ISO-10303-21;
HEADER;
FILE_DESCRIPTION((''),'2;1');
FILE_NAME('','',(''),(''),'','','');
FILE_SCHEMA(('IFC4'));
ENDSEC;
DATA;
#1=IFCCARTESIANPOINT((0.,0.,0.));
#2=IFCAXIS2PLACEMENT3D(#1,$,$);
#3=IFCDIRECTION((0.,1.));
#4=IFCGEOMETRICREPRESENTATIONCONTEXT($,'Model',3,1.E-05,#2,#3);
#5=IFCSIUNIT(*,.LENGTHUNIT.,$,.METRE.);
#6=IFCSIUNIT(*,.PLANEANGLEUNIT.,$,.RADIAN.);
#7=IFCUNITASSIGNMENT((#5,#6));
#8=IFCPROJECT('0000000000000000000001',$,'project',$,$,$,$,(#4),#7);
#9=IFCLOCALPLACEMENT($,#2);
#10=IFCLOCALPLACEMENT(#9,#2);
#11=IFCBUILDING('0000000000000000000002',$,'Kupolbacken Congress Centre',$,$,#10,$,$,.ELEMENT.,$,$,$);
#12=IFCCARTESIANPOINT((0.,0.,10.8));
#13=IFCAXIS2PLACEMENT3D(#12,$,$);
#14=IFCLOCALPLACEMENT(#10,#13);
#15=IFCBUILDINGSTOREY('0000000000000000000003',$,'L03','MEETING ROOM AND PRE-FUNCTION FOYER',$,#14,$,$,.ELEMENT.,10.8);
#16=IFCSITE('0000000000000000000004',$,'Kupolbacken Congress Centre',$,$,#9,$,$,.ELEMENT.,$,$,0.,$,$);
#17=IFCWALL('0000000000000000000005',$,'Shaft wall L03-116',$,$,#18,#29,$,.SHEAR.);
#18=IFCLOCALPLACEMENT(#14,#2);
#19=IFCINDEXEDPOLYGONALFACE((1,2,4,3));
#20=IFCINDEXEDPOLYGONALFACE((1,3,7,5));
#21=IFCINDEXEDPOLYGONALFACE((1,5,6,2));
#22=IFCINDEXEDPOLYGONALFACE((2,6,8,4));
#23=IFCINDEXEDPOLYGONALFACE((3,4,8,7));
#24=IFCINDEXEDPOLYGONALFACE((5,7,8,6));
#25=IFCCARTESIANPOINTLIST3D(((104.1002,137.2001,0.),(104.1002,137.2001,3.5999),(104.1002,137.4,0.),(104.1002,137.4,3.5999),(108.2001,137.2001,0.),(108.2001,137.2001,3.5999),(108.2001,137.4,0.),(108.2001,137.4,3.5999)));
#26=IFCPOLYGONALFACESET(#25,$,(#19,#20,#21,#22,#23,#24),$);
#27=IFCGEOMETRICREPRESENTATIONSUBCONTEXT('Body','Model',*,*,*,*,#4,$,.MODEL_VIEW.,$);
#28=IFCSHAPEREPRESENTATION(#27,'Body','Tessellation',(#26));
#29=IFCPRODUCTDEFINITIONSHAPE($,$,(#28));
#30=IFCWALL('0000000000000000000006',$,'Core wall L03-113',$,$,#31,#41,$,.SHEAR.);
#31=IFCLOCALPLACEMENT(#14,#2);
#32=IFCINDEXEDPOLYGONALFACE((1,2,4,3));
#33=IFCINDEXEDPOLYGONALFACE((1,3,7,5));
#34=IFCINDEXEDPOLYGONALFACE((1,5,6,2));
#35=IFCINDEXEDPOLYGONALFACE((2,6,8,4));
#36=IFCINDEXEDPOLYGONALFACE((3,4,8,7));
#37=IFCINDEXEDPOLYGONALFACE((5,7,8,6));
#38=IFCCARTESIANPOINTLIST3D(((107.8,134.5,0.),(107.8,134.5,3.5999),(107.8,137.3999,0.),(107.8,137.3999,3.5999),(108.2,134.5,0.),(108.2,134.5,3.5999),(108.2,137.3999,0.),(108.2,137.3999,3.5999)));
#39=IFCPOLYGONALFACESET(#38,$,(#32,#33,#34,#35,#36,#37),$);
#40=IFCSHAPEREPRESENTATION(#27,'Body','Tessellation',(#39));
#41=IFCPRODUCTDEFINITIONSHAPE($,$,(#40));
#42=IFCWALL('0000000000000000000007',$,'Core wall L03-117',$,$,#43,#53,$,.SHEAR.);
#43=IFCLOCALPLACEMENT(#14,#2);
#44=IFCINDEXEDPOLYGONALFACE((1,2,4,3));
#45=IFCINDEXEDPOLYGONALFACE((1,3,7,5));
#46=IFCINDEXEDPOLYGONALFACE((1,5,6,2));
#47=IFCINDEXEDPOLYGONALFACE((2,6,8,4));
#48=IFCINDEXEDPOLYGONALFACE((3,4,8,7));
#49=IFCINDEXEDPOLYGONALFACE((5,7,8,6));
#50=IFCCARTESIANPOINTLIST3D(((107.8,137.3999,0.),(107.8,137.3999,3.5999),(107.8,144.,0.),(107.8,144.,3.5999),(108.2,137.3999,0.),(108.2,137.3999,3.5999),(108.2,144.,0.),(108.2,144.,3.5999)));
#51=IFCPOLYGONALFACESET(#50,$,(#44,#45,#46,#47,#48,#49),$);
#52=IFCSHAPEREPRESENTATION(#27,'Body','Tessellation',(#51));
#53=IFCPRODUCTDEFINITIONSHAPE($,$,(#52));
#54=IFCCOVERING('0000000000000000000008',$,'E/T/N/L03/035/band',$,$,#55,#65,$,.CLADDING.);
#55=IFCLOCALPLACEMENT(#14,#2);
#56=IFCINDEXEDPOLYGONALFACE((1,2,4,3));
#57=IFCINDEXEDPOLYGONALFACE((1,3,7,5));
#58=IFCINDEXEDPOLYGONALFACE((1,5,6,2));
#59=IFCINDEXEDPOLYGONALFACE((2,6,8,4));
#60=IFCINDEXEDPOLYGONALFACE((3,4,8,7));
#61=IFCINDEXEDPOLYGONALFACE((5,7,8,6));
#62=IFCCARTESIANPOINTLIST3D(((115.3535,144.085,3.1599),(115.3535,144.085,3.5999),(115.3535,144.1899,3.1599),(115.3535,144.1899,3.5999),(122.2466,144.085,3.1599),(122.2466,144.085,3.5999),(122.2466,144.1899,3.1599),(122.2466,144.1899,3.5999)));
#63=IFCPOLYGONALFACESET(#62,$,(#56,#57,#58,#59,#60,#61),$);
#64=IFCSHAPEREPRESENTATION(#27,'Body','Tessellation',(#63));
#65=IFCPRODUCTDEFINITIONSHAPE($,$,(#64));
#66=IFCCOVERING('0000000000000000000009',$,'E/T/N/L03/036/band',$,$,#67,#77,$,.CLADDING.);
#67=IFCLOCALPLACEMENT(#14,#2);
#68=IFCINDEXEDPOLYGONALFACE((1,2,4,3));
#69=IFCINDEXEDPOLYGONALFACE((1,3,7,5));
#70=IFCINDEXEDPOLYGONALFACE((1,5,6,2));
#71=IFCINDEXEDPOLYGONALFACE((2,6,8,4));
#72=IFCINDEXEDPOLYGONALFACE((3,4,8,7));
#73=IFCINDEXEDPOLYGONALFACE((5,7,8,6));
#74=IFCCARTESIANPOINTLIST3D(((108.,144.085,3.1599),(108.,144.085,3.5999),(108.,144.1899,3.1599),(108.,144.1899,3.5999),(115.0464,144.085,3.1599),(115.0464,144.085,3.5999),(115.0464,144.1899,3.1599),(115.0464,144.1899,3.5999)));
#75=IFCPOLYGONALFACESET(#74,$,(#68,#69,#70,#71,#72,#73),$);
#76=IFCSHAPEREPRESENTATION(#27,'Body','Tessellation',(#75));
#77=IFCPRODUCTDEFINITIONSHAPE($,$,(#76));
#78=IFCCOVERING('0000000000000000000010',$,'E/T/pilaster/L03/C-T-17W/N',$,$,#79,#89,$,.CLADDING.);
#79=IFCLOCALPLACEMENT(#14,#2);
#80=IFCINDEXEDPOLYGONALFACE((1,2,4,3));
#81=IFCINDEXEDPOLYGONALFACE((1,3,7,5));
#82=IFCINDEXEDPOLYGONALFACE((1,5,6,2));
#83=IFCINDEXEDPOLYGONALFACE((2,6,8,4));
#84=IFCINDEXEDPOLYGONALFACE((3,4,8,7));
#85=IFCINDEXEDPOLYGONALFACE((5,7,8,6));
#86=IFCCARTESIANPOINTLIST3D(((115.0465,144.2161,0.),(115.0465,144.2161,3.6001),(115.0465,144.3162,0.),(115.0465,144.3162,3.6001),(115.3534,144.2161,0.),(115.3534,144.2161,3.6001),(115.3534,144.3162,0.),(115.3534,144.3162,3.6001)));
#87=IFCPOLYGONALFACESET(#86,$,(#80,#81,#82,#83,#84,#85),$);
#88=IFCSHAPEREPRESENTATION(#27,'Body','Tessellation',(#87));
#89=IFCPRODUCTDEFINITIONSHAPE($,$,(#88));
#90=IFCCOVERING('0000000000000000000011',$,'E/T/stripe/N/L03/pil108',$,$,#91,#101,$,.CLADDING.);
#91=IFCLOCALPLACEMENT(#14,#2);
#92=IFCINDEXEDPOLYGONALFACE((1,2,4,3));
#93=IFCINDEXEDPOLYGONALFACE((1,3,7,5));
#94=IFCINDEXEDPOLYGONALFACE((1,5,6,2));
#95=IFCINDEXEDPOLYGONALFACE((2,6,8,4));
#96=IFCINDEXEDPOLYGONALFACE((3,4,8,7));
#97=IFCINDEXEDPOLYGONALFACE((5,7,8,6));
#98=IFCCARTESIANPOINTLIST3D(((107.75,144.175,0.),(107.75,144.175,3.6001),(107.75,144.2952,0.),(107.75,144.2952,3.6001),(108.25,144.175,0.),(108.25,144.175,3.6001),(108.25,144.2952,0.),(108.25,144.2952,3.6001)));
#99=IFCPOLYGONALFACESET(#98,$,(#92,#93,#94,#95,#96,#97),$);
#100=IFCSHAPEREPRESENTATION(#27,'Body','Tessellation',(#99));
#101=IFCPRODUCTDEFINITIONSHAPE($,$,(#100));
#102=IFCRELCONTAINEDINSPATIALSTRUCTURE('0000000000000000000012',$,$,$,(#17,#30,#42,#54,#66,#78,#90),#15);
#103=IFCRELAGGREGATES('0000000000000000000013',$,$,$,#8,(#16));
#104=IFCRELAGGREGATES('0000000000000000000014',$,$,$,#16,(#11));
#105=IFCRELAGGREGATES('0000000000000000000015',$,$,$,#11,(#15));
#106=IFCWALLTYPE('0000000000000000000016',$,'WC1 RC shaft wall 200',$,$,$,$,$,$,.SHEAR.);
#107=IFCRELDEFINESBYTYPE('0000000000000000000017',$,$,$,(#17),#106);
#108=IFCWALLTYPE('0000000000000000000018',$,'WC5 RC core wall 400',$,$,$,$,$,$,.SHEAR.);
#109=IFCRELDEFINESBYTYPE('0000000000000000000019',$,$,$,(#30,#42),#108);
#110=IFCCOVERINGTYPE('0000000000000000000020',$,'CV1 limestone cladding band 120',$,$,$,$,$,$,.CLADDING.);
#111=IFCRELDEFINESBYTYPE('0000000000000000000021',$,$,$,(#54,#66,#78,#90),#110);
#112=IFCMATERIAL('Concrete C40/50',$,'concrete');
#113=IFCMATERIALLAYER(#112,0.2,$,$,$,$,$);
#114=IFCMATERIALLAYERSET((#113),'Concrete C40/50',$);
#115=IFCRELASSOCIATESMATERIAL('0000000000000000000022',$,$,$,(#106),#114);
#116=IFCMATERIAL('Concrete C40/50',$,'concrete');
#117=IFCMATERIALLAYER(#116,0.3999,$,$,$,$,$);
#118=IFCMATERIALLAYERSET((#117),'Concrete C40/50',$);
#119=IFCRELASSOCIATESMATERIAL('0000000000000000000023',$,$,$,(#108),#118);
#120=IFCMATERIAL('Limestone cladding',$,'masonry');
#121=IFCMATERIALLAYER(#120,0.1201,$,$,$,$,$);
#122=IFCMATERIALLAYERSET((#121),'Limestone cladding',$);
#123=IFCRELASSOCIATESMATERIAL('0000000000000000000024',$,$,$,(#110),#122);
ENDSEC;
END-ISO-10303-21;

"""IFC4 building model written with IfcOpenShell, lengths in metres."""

from ifc_helpers import new_model, si_unit, direction, frame, frame_2d, origin, origin_2d, place, context, subcontext, project, spatial, rectangle, extrude, material, layer, layer_set, type_object, element, save


model = new_model("IFC4")

# Units and contexts
model_context = context("Model", 3, precision=1e-05, world=origin(), true_north=direction((0.0, 1.0)))
body_context = subcontext(model_context, "Body", "Model", "MODEL_VIEW")
ifc_project = project(units=[si_unit("LENGTHUNIT", "METRE"), si_unit("PLANEANGLEUNIT", "RADIAN")], contexts=[model_context])

# Site, building, storey
site_placement = place(None, origin())
site = spatial("IfcSite", under=ifc_project, at=site_placement, Name="Kupolbacken Congress Centre", CompositionType="ELEMENT", RefElevation=0.0)
building_placement = place(site_placement, origin())
building = spatial("IfcBuilding", under=site, at=building_placement, Name="Kupolbacken Congress Centre", CompositionType="ELEMENT")
storey_placement = place(building_placement, frame((0.0, 0.0, 10.8)))
storey = spatial("IfcBuildingStorey", under=building, at=storey_placement, Name="L03", Description="MEETING ROOM AND PRE-FUNCTION FOYER", CompositionType="ELEMENT", Elevation=10.8)

# Walls
ifc_material_1 = material(Name="Concrete C40/50", Category="concrete")
ifc_layer_1 = layer(ifc_material_1, 0.2)
ifc_layer_set_1 = layer_set([ifc_layer_1], Name="Concrete C40/50")
wall_type_1 = type_object("IfcWallType", Name="WC1 RC shaft wall 200", PredefinedType="SHEAR", material=ifc_layer_set_1)
wall_1_placement = place(storey_placement, frame((108.2, 137.3, 0.0), z_axis=(0.0, 0.0, 1.0), x_axis=(-1.0, 0.0, 0.0)))
element("IfcWall", 1, at=wall_1_placement, inside=storey, type_object=wall_type_1, Name="Shaft wall L03-116", PredefinedType="SHEAR", context=body_context, shape_type="SweptSolid", body=[
    extrude(rectangle(XDim=4.0999, YDim=0.2, at=frame_2d((2.0498, 0.0))), origin(), (0.0, 0.0, 1.0), 3.5999),
])
ifc_material_2 = material(Name="Concrete C40/50", Category="concrete")
ifc_layer_2 = layer(ifc_material_2, 0.3999)
ifc_layer_set_2 = layer_set([ifc_layer_2], Name="Concrete C40/50")
wall_type_2 = type_object("IfcWallType", Name="WC5 RC core wall 400", PredefinedType="SHEAR", material=ifc_layer_set_2)
wall_2_placement = place(storey_placement, frame((108.0, 134.5, 0.0), z_axis=(0.0, 0.0, 1.0), x_axis=(0.0, 1.0, 0.0)))
element("IfcWall", 2, at=wall_2_placement, inside=storey, type_object=wall_type_2, Name="Core wall L03-113", PredefinedType="SHEAR", context=body_context, shape_type="SweptSolid", body=[
    extrude(rectangle(XDim=2.8999, YDim=0.3999, at=frame_2d((1.45, 0.0))), origin(), (0.0, 0.0, 1.0), 3.5999),
])
wall_3_placement = place(storey_placement, frame((108.0, 137.3999, 0.0), z_axis=(0.0, 0.0, 1.0), x_axis=(0.0, 1.0, 0.0)))
element("IfcWall", 3, at=wall_3_placement, inside=storey, type_object=wall_type_2, Name="Core wall L03-117", PredefinedType="SHEAR", context=body_context, shape_type="SweptSolid", body=[
    extrude(rectangle(XDim=6.6001, YDim=0.3999, at=frame_2d((3.3, 0.0))), origin(), (0.0, 0.0, 1.0), 3.5999),
])

# Coverings
ifc_material_3 = material(Name="Limestone cladding", Category="masonry")
ifc_layer_3 = layer(ifc_material_3, 0.1201)
ifc_layer_set_3 = layer_set([ifc_layer_3], Name="Limestone cladding")
covering_type = type_object("IfcCoveringType", Name="CV1 limestone cladding band 120", PredefinedType="CLADDING", material=ifc_layer_set_3)
covering_1_placement = place(storey_placement, frame((118.8, 144.1375, 3.1599), z_axis=(0.0, 0.0, 1.0), x_axis=(-1.0, 0.0, 0.0)))
element("IfcCovering", 4, at=covering_1_placement, inside=storey, type_object=covering_type, Name="E/T/N/L03/035/band", PredefinedType="CLADDING", context=body_context, shape_type="SweptSolid", body=[
    extrude(rectangle(XDim=6.8931, YDim=0.105, at=origin_2d()), origin(), (0.0, 0.0, 1.0), 0.4399),
])
covering_2_placement = place(storey_placement, frame((111.5232, 144.1375, 3.1599), z_axis=(0.0, 0.0, 1.0), x_axis=(-1.0, 0.0, 0.0)))
element("IfcCovering", 5, at=covering_2_placement, inside=storey, type_object=covering_type, Name="E/T/N/L03/036/band", PredefinedType="CLADDING", context=body_context, shape_type="SweptSolid", body=[
    extrude(rectangle(XDim=7.0464, YDim=0.105, at=origin_2d()), origin(), (0.0, 0.0, 1.0), 0.4399),
])
covering_3_placement = place(storey_placement, frame((115.2, 144.2661, 0.0), z_axis=(0.0, 0.0, 1.0), x_axis=(1.0, 0.0, 0.0)))
element("IfcCovering", 6, at=covering_3_placement, inside=storey, type_object=covering_type, Name="E/T/pilaster/L03/C-T-17W/N", PredefinedType="CLADDING", context=body_context, shape_type="SweptSolid", body=[
    extrude(rectangle(XDim=0.3069, YDim=0.1001, at=origin_2d()), origin(), (0.0, 0.0, 1.0), 3.6001),
])
covering_4_placement = place(storey_placement, frame((108.0, 144.2351, 0.0), z_axis=(0.0, 0.0, 1.0), x_axis=(1.0, 0.0, 0.0)))
element("IfcCovering", 7, at=covering_4_placement, inside=storey, type_object=covering_type, Name="E/T/stripe/N/L03/pil108", PredefinedType="CLADDING", context=body_context, shape_type="SweptSolid", body=[
    extrude(rectangle(XDim=0.5, YDim=0.1201, at=origin_2d()), origin(), (0.0, 0.0, 1.0), 3.6001),
])

save(model, "model.ifc")
